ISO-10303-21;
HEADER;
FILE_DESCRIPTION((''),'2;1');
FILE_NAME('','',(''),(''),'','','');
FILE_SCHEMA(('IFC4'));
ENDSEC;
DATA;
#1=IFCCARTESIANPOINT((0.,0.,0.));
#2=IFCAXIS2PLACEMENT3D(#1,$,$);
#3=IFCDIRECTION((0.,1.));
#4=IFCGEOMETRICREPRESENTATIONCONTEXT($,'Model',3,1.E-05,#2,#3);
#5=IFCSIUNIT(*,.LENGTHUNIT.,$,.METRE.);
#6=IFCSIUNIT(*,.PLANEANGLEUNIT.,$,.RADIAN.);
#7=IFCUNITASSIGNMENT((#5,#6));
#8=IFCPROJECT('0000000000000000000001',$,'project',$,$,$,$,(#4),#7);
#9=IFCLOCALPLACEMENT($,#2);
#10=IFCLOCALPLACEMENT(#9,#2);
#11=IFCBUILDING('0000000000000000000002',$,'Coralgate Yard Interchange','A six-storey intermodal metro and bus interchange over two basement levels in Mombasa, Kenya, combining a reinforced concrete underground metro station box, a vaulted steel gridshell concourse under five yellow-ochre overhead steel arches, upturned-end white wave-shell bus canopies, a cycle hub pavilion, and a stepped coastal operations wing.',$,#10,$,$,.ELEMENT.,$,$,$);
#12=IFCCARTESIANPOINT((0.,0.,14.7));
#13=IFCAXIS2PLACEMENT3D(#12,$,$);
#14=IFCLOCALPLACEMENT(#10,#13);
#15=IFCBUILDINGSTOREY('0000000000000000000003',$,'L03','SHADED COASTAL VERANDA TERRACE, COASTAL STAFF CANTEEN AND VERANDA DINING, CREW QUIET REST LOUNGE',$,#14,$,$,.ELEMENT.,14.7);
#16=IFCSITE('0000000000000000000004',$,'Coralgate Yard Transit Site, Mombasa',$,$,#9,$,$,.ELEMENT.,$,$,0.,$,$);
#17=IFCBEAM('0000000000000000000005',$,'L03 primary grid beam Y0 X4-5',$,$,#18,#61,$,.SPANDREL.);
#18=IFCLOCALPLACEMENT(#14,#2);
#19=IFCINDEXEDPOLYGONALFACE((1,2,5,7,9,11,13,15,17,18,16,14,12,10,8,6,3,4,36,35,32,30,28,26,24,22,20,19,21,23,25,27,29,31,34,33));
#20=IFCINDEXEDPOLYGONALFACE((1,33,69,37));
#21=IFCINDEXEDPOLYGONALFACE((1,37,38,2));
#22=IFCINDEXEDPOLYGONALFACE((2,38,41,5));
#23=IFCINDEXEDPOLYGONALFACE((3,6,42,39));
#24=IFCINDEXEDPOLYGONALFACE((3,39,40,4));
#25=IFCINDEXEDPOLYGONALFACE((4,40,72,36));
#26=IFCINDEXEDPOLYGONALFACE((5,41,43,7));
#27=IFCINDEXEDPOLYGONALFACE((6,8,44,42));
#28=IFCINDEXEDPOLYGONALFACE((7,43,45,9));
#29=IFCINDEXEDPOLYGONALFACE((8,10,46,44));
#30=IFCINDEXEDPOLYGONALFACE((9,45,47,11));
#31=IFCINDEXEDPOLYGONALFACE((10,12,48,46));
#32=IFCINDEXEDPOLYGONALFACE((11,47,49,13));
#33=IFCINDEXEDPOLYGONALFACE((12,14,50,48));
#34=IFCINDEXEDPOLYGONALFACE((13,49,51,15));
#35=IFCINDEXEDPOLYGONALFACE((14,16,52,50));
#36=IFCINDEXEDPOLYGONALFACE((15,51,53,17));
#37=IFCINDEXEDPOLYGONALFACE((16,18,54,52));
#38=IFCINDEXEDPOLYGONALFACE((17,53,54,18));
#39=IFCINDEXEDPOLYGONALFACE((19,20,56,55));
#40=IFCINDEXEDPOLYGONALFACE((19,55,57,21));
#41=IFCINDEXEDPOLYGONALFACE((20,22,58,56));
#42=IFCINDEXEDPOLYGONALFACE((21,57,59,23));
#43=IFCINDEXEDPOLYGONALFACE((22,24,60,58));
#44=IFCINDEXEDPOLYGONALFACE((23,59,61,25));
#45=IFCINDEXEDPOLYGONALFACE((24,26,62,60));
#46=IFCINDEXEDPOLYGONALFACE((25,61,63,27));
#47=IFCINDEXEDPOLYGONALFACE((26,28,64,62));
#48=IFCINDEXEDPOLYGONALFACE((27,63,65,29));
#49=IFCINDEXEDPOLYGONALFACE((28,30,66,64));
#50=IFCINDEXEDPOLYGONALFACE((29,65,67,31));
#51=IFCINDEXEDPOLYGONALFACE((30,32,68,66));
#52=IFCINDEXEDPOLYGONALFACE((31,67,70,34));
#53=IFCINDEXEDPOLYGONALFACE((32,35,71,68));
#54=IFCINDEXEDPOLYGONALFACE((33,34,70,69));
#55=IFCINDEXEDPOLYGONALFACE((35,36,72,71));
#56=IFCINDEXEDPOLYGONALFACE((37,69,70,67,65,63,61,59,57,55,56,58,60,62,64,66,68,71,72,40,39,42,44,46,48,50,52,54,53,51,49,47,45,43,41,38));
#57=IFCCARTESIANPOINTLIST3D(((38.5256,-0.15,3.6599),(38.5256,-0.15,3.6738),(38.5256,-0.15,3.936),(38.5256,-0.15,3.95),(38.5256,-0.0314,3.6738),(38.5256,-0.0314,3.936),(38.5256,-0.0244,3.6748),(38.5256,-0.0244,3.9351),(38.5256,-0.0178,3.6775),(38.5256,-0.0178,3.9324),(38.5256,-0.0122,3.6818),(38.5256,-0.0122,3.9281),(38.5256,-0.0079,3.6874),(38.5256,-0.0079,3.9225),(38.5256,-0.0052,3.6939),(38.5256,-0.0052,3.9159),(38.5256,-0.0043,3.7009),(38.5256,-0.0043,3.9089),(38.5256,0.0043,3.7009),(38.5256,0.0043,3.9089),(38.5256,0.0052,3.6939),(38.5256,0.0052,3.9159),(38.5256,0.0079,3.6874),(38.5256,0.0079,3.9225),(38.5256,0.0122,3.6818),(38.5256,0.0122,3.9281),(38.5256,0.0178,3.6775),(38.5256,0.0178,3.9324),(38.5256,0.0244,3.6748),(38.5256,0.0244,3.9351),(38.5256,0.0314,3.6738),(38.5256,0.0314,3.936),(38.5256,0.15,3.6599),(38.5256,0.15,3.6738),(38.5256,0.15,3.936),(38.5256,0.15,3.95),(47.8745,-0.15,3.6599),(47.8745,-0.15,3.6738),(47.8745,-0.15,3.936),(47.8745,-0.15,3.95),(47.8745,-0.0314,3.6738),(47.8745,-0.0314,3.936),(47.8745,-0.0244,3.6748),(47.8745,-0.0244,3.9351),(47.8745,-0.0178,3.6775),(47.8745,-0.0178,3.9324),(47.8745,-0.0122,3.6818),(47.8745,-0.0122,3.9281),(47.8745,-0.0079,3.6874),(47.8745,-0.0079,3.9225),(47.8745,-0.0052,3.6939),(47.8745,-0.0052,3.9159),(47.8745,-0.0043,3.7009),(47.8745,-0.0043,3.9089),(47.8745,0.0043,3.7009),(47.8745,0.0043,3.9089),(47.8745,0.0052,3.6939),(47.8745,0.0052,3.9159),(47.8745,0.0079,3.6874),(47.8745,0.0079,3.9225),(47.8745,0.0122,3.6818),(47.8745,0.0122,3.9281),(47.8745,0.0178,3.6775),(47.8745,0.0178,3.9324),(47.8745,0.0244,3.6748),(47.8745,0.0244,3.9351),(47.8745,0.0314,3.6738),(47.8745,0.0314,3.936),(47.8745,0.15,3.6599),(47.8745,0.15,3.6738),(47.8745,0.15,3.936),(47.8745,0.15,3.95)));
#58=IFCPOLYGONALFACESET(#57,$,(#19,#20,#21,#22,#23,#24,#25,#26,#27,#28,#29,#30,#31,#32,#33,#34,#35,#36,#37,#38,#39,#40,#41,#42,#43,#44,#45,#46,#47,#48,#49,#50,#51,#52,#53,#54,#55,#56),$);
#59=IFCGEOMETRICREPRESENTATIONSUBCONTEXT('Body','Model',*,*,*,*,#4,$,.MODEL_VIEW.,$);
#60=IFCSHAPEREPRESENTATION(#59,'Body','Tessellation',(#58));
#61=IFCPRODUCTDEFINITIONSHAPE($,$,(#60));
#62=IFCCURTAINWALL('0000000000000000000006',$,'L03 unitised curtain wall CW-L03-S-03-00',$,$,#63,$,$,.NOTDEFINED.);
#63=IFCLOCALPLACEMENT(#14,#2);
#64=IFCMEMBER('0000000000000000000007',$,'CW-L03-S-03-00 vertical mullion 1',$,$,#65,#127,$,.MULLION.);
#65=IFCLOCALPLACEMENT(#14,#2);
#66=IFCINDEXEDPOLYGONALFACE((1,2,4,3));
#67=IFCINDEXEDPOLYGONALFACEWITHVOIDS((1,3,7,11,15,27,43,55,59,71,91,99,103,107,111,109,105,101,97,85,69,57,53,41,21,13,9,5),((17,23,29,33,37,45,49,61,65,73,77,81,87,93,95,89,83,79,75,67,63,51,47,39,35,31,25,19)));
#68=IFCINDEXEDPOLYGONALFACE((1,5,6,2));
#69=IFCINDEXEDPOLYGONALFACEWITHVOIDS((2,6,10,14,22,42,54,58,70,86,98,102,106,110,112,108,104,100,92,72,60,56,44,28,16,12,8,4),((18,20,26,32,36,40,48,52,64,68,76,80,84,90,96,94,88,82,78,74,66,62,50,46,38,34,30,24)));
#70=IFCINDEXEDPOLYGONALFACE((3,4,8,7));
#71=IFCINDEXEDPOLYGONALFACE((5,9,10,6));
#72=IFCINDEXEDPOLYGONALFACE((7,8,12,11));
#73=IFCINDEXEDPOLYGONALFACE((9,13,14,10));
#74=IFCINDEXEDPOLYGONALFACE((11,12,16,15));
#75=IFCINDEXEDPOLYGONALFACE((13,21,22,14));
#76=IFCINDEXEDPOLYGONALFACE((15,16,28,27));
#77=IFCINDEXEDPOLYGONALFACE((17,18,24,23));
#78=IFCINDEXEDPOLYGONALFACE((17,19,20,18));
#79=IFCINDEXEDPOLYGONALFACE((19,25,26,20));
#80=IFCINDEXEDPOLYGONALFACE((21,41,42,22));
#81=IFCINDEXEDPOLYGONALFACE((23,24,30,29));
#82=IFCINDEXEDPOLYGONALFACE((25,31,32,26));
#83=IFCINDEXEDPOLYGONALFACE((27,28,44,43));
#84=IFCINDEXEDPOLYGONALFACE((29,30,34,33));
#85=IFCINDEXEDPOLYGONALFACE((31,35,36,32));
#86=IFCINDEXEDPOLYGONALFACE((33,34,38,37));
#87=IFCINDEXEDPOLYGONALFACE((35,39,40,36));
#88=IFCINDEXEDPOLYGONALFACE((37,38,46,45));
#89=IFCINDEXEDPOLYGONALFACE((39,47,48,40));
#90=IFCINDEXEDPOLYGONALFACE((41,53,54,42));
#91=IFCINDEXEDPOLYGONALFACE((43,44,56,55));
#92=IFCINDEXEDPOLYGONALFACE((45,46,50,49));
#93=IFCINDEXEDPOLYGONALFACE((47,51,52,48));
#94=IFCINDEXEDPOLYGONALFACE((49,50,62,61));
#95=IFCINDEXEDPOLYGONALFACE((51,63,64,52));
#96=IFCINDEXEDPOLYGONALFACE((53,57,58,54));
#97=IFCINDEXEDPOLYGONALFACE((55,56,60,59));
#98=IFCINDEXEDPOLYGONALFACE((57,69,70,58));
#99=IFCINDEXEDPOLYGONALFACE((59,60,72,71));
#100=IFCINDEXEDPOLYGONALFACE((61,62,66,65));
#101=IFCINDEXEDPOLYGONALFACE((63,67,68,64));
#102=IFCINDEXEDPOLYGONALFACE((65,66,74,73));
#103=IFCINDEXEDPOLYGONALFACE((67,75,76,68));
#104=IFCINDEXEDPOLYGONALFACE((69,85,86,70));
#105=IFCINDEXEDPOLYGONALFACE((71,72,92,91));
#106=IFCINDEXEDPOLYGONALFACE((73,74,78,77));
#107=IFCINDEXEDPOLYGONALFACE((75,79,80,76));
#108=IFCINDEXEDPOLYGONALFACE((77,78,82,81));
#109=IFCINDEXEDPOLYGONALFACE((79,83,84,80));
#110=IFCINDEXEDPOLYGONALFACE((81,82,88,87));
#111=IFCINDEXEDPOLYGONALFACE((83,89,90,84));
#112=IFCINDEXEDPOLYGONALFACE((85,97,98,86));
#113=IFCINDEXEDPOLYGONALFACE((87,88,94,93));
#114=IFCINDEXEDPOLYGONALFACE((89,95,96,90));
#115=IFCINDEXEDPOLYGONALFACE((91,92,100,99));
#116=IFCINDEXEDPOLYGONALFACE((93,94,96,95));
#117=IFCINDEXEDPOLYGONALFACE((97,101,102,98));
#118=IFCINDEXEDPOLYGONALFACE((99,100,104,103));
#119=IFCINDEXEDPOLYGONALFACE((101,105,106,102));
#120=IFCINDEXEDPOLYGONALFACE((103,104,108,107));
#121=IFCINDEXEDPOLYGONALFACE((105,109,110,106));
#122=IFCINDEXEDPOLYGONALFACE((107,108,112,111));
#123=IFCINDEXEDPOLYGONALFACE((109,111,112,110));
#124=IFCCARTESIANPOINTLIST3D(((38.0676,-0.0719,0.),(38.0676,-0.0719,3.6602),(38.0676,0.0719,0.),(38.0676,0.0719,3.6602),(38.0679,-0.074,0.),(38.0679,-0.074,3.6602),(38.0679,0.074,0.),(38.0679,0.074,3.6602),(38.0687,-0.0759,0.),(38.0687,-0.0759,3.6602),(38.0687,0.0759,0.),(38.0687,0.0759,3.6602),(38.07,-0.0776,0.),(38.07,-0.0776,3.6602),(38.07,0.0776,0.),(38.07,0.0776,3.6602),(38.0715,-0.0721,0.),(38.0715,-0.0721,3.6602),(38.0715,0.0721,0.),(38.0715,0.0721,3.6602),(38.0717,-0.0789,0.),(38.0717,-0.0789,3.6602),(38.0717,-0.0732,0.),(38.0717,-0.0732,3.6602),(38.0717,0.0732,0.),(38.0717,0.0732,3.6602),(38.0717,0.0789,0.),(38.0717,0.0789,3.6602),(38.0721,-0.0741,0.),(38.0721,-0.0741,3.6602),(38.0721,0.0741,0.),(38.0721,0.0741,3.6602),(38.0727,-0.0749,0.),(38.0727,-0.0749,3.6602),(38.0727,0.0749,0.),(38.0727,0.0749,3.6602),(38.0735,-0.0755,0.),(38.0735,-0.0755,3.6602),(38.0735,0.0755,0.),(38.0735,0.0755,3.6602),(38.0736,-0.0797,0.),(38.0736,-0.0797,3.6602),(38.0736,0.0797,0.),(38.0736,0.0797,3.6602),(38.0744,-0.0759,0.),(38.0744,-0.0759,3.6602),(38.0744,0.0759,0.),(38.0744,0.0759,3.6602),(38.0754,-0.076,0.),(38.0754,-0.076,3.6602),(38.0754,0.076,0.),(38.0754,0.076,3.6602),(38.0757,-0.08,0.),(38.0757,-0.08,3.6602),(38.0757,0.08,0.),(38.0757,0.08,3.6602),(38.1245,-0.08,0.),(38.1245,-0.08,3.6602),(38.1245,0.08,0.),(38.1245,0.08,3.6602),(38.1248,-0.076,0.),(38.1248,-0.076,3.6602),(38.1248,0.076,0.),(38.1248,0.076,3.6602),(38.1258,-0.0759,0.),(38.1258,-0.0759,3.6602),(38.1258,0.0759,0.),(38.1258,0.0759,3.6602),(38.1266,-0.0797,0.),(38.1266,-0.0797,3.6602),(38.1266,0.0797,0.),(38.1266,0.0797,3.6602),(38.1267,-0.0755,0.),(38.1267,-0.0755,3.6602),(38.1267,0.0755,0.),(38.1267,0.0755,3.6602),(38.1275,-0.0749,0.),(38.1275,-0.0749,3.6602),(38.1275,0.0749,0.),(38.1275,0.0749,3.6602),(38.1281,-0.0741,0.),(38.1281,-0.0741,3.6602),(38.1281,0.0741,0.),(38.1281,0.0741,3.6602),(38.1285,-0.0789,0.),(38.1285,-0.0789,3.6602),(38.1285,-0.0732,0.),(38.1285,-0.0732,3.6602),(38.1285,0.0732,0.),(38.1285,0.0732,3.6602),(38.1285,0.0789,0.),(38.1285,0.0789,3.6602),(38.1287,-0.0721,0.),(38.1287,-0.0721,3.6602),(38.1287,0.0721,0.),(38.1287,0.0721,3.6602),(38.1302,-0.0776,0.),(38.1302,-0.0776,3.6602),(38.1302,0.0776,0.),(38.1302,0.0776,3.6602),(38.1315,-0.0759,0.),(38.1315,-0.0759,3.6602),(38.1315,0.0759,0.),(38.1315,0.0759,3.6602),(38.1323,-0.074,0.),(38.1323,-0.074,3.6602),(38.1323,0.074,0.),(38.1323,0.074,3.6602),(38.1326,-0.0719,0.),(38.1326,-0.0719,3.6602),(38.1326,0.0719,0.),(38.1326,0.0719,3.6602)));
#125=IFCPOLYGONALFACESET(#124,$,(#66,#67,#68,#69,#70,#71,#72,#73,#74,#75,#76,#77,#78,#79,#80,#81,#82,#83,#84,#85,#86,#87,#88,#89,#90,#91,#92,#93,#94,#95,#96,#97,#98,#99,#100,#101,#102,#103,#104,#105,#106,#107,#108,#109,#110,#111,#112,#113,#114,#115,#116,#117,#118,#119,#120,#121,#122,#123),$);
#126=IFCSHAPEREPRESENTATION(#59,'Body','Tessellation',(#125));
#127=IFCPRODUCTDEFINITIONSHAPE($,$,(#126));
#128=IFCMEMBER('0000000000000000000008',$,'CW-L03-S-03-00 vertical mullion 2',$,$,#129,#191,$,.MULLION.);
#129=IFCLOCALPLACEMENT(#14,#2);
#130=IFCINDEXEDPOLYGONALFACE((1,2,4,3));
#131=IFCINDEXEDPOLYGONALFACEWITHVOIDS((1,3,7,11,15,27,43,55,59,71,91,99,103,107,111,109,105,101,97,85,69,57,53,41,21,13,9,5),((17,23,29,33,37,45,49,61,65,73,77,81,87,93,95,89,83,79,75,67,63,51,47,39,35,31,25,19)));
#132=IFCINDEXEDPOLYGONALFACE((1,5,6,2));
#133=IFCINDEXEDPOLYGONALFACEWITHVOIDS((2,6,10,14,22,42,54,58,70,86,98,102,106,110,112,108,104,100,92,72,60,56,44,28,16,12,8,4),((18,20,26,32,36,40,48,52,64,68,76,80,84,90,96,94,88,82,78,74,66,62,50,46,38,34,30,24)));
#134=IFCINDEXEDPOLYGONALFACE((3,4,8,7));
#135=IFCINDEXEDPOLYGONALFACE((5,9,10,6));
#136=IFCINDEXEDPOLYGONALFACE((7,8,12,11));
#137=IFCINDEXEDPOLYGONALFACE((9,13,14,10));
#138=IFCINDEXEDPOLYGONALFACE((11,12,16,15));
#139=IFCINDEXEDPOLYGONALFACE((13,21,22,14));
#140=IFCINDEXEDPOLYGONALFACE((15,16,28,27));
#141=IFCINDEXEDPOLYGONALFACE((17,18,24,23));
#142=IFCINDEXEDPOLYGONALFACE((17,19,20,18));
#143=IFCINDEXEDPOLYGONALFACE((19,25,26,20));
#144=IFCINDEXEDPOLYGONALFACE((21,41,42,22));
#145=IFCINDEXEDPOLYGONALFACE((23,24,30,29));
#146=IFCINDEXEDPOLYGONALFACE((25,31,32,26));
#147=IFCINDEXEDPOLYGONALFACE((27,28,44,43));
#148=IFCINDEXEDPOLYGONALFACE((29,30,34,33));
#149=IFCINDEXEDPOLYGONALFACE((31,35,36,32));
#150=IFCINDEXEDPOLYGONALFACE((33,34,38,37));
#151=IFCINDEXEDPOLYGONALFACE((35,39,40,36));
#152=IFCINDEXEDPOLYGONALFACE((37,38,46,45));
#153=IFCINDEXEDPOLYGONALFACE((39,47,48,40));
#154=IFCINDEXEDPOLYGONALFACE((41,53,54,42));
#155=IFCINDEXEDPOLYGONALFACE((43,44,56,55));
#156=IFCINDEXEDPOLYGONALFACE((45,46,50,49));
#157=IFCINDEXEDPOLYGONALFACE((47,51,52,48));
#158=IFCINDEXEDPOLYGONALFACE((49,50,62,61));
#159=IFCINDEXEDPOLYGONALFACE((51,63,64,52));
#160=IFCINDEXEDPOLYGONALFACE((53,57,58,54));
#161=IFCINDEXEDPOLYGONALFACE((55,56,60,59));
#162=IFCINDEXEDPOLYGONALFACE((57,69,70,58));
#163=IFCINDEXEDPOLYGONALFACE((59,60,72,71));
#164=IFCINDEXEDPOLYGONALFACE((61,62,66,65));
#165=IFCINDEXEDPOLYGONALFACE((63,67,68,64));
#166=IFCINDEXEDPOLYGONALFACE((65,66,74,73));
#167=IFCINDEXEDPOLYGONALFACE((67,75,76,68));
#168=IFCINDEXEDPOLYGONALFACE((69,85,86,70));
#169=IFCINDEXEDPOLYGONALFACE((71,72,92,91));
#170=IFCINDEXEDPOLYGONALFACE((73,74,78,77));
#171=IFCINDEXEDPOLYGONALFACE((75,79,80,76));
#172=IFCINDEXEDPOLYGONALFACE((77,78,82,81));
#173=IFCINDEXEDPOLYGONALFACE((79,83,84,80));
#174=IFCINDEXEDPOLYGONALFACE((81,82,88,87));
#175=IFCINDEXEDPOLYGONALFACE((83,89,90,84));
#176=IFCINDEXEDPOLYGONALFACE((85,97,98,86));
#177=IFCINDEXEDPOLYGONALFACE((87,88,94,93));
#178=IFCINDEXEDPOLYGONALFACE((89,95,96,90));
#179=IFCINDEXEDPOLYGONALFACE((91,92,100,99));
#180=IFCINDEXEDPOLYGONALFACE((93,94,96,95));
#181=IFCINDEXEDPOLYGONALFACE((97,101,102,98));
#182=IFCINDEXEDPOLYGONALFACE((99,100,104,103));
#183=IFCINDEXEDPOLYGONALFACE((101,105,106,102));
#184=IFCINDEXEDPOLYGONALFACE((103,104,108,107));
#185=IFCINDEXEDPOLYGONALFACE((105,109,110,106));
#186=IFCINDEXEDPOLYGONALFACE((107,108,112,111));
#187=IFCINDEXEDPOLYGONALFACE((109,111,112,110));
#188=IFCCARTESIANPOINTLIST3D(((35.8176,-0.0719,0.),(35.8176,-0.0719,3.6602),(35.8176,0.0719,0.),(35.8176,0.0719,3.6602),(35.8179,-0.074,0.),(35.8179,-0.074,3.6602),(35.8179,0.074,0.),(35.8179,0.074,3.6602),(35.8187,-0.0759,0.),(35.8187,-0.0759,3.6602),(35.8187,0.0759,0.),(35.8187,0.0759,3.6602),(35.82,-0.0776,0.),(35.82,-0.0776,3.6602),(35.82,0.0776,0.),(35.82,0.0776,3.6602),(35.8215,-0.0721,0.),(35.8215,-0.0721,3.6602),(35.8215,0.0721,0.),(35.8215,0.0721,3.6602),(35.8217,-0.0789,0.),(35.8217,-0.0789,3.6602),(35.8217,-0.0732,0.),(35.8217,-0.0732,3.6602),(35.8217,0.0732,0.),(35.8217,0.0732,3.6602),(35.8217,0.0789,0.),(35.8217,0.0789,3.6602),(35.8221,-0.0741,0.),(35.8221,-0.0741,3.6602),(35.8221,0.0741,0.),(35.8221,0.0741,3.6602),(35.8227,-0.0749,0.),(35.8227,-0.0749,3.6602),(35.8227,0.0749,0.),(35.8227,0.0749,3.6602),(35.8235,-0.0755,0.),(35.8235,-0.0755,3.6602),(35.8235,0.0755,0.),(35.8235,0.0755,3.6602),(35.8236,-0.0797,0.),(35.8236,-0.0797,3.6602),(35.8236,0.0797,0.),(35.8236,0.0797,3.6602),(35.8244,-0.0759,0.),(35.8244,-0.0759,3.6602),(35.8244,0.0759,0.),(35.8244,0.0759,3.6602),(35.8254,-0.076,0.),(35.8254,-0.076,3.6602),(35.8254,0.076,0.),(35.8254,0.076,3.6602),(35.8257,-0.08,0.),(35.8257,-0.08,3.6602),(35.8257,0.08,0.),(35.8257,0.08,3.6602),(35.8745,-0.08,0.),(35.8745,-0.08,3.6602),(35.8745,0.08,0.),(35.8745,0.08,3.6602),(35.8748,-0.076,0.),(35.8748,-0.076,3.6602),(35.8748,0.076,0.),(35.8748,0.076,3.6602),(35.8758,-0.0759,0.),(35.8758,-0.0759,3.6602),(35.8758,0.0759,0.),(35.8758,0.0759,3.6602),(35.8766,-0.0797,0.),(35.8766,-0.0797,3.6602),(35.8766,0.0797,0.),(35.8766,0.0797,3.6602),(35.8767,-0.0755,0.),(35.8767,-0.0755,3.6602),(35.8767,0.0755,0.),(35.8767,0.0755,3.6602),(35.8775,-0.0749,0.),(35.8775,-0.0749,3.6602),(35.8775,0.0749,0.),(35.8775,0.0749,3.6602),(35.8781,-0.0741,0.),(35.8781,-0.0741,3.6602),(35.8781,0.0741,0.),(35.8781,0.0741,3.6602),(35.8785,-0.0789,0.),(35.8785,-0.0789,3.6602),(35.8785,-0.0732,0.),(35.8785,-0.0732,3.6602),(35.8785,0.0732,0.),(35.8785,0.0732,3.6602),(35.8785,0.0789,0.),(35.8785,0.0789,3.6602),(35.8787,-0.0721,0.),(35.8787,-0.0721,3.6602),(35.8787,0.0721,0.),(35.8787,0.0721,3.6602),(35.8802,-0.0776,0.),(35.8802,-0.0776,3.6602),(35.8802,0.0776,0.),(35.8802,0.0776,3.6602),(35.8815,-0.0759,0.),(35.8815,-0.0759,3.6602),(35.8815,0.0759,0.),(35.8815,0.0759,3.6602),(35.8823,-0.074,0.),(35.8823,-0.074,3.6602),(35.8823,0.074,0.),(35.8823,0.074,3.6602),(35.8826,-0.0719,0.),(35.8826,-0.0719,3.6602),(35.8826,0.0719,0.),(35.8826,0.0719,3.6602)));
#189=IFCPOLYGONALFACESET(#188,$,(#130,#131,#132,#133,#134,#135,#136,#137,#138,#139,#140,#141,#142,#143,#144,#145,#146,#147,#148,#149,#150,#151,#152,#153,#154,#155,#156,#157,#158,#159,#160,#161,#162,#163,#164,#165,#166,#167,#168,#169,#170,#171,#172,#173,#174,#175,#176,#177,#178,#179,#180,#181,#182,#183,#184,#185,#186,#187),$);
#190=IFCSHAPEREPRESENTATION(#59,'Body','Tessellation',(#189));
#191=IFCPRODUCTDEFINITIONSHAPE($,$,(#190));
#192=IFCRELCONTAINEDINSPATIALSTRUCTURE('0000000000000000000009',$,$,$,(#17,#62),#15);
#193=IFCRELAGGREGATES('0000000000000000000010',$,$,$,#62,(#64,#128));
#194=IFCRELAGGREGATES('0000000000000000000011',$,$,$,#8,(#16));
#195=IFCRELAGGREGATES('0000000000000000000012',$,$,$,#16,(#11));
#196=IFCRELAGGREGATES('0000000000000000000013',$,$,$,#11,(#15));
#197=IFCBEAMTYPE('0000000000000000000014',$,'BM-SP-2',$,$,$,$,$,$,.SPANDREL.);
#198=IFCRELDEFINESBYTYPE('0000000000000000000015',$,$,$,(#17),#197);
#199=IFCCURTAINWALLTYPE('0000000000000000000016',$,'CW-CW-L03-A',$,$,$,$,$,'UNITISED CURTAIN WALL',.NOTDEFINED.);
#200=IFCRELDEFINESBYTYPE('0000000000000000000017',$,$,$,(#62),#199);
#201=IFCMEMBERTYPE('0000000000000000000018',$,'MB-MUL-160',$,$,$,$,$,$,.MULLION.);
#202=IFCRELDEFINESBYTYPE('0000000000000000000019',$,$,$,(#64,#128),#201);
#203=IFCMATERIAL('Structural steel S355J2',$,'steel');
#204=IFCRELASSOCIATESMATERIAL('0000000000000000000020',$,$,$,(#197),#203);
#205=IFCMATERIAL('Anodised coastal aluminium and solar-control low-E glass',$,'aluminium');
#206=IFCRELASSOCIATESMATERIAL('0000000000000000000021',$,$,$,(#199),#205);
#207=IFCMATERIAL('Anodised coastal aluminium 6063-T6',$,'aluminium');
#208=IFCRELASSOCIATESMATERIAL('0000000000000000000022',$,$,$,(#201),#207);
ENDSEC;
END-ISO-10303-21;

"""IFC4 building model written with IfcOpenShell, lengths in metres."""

from ifc_helpers import new_model, si_unit, direction, frame, origin, origin_2d, place, context, subcontext, project, spatial, hollow_rectangle, i_section, extrude, material, material_profile, profile_set, type_object, element, aggregate, save


model = new_model("IFC4")

# Units and contexts
model_context = context("Model", 3, precision=1e-05, world=origin(), true_north=direction((0.0, 1.0)))
body_context = subcontext(model_context, "Body", "Model", "MODEL_VIEW")
ifc_project = project(units=[si_unit("LENGTHUNIT", "METRE"), si_unit("PLANEANGLEUNIT", "RADIAN")], contexts=[model_context])

# Site, building, storey
site_placement = place(None, origin())
site = spatial("IfcSite", under=ifc_project, at=site_placement, Name="Coralgate Yard Transit Site, Mombasa", CompositionType="ELEMENT", RefElevation=0.0)
building_placement = place(site_placement, origin())
building = spatial("IfcBuilding", under=site, at=building_placement, Name="Coralgate Yard Interchange", Description="A six-storey intermodal metro and bus interchange over two basement levels in Mombasa, Kenya, combining a reinforced concrete underground metro station box, a vaulted steel gridshell concourse under five yellow-ochre overhead steel arches, upturned-end white wave-shell bus canopies, a cycle hub pavilion, and a stepped coastal operations wing.", CompositionType="ELEMENT")
storey_placement = place(building_placement, frame((0.0, 0.0, 14.7)))
storey = spatial("IfcBuildingStorey", under=building, at=storey_placement, Name="L03", Description="SHADED COASTAL VERANDA TERRACE, COASTAL STAFF CANTEEN AND VERANDA DINING, CREW QUIET REST LOUNGE", CompositionType="ELEMENT", Elevation=14.7)

# Shared definitions
ifc_material_1 = material(Name="Structural steel S355J2", Category="steel")

# Beam
ifc_material_profile_1 = material_profile(ifc_material_1, i_section(OverallWidth=0.3, OverallDepth=0.29, WebThickness=0.0085, FlangeThickness=0.0139, FilletRadius=0.0271, at=origin_2d()), Name="HEA 300")
ifc_profile_set_1 = profile_set([ifc_material_profile_1], Name="Structural steel S355J2")
beam_type_1 = type_object("IfcBeamType", Name="BM-SP-2", PredefinedType="SPANDREL", material=ifc_profile_set_1)
beam_1_placement = place(storey_placement, frame((38.5256, 0.0, 3.8049), z_axis=(1.0, 0.0, 0.0), x_axis=(0.0, 1.0, 0.0)))
element("IfcBeam", 1, at=beam_1_placement, inside=storey, type_object=beam_type_1, Name="L03 primary grid beam Y0 X4-5", PredefinedType="SPANDREL", context=body_context, shape_type="SweptSolid", body=[
    extrude(i_section(OverallWidth=0.3, OverallDepth=0.29, WebThickness=0.0085, FlangeThickness=0.0139, FilletRadius=0.0271, at=origin_2d()), origin(), (0.0, 0.0, 1.0), 9.3489),
])

# Curtain wall, members
ifc_material_2 = material(Name="Anodised coastal aluminium and solar-control low-E glass", Category="aluminium")
curtain_wall_type = type_object("IfcCurtainWallType", Name="CW-CW-L03-A", ElementType="UNITISED CURTAIN WALL", PredefinedType="NOTDEFINED", material=ifc_material_2)
curtain_wall_1_placement = place(storey_placement, origin())
curtain_wall_1 = element("IfcCurtainWall", 2, at=curtain_wall_1_placement, inside=storey, type_object=curtain_wall_type, Name="L03 unitised curtain wall CW-L03-S-03-00", PredefinedType="NOTDEFINED")
ifc_material_3 = material(Name="Anodised coastal aluminium 6063-T6", Category="aluminium")
ifc_material_profile_2 = material_profile(ifc_material_3, hollow_rectangle(XDim=0.0649, YDim=0.1599, WallThickness=0.0039, InnerFilletRadius=0.0039, OuterFilletRadius=0.0081, at=origin_2d()), Name="ALU 65x160x4")
ifc_profile_set_2 = profile_set([ifc_material_profile_2], Name="Anodised coastal aluminium 6063-T6")
member_type_1 = type_object("IfcMemberType", Name="MB-MUL-160", PredefinedType="MULLION", material=ifc_profile_set_2)
member_1_placement = place(storey_placement, frame((38.1001, 0.0, 0.0), z_axis=(0.0, 0.0, 1.0), x_axis=(1.0, 0.0, 0.0)))
member_1 = element("IfcMember", 3, at=member_1_placement, type_object=member_type_1, Name="CW-L03-S-03-00 vertical mullion 1", PredefinedType="MULLION", context=body_context, shape_type="SweptSolid", body=[
    extrude(hollow_rectangle(XDim=0.0649, YDim=0.1599, WallThickness=0.0039, InnerFilletRadius=0.0039, OuterFilletRadius=0.0081, at=origin_2d()), origin(), (0.0, 0.0, 1.0), 3.6602),
])
member_2_placement = place(storey_placement, frame((35.8501, 0.0, 0.0), z_axis=(0.0, 0.0, 1.0), x_axis=(1.0, 0.0, 0.0)))
member_2 = element("IfcMember", 4, at=member_2_placement, type_object=member_type_1, Name="CW-L03-S-03-00 vertical mullion 2", PredefinedType="MULLION", context=body_context, shape_type="SweptSolid", body=[
    extrude(hollow_rectangle(XDim=0.0649, YDim=0.1599, WallThickness=0.0039, InnerFilletRadius=0.0039, OuterFilletRadius=0.0081, at=origin_2d()), origin(), (0.0, 0.0, 1.0), 3.6602),
])

aggregate(curtain_wall_1, [member_1, member_2])

save(model, "model.ifc")
